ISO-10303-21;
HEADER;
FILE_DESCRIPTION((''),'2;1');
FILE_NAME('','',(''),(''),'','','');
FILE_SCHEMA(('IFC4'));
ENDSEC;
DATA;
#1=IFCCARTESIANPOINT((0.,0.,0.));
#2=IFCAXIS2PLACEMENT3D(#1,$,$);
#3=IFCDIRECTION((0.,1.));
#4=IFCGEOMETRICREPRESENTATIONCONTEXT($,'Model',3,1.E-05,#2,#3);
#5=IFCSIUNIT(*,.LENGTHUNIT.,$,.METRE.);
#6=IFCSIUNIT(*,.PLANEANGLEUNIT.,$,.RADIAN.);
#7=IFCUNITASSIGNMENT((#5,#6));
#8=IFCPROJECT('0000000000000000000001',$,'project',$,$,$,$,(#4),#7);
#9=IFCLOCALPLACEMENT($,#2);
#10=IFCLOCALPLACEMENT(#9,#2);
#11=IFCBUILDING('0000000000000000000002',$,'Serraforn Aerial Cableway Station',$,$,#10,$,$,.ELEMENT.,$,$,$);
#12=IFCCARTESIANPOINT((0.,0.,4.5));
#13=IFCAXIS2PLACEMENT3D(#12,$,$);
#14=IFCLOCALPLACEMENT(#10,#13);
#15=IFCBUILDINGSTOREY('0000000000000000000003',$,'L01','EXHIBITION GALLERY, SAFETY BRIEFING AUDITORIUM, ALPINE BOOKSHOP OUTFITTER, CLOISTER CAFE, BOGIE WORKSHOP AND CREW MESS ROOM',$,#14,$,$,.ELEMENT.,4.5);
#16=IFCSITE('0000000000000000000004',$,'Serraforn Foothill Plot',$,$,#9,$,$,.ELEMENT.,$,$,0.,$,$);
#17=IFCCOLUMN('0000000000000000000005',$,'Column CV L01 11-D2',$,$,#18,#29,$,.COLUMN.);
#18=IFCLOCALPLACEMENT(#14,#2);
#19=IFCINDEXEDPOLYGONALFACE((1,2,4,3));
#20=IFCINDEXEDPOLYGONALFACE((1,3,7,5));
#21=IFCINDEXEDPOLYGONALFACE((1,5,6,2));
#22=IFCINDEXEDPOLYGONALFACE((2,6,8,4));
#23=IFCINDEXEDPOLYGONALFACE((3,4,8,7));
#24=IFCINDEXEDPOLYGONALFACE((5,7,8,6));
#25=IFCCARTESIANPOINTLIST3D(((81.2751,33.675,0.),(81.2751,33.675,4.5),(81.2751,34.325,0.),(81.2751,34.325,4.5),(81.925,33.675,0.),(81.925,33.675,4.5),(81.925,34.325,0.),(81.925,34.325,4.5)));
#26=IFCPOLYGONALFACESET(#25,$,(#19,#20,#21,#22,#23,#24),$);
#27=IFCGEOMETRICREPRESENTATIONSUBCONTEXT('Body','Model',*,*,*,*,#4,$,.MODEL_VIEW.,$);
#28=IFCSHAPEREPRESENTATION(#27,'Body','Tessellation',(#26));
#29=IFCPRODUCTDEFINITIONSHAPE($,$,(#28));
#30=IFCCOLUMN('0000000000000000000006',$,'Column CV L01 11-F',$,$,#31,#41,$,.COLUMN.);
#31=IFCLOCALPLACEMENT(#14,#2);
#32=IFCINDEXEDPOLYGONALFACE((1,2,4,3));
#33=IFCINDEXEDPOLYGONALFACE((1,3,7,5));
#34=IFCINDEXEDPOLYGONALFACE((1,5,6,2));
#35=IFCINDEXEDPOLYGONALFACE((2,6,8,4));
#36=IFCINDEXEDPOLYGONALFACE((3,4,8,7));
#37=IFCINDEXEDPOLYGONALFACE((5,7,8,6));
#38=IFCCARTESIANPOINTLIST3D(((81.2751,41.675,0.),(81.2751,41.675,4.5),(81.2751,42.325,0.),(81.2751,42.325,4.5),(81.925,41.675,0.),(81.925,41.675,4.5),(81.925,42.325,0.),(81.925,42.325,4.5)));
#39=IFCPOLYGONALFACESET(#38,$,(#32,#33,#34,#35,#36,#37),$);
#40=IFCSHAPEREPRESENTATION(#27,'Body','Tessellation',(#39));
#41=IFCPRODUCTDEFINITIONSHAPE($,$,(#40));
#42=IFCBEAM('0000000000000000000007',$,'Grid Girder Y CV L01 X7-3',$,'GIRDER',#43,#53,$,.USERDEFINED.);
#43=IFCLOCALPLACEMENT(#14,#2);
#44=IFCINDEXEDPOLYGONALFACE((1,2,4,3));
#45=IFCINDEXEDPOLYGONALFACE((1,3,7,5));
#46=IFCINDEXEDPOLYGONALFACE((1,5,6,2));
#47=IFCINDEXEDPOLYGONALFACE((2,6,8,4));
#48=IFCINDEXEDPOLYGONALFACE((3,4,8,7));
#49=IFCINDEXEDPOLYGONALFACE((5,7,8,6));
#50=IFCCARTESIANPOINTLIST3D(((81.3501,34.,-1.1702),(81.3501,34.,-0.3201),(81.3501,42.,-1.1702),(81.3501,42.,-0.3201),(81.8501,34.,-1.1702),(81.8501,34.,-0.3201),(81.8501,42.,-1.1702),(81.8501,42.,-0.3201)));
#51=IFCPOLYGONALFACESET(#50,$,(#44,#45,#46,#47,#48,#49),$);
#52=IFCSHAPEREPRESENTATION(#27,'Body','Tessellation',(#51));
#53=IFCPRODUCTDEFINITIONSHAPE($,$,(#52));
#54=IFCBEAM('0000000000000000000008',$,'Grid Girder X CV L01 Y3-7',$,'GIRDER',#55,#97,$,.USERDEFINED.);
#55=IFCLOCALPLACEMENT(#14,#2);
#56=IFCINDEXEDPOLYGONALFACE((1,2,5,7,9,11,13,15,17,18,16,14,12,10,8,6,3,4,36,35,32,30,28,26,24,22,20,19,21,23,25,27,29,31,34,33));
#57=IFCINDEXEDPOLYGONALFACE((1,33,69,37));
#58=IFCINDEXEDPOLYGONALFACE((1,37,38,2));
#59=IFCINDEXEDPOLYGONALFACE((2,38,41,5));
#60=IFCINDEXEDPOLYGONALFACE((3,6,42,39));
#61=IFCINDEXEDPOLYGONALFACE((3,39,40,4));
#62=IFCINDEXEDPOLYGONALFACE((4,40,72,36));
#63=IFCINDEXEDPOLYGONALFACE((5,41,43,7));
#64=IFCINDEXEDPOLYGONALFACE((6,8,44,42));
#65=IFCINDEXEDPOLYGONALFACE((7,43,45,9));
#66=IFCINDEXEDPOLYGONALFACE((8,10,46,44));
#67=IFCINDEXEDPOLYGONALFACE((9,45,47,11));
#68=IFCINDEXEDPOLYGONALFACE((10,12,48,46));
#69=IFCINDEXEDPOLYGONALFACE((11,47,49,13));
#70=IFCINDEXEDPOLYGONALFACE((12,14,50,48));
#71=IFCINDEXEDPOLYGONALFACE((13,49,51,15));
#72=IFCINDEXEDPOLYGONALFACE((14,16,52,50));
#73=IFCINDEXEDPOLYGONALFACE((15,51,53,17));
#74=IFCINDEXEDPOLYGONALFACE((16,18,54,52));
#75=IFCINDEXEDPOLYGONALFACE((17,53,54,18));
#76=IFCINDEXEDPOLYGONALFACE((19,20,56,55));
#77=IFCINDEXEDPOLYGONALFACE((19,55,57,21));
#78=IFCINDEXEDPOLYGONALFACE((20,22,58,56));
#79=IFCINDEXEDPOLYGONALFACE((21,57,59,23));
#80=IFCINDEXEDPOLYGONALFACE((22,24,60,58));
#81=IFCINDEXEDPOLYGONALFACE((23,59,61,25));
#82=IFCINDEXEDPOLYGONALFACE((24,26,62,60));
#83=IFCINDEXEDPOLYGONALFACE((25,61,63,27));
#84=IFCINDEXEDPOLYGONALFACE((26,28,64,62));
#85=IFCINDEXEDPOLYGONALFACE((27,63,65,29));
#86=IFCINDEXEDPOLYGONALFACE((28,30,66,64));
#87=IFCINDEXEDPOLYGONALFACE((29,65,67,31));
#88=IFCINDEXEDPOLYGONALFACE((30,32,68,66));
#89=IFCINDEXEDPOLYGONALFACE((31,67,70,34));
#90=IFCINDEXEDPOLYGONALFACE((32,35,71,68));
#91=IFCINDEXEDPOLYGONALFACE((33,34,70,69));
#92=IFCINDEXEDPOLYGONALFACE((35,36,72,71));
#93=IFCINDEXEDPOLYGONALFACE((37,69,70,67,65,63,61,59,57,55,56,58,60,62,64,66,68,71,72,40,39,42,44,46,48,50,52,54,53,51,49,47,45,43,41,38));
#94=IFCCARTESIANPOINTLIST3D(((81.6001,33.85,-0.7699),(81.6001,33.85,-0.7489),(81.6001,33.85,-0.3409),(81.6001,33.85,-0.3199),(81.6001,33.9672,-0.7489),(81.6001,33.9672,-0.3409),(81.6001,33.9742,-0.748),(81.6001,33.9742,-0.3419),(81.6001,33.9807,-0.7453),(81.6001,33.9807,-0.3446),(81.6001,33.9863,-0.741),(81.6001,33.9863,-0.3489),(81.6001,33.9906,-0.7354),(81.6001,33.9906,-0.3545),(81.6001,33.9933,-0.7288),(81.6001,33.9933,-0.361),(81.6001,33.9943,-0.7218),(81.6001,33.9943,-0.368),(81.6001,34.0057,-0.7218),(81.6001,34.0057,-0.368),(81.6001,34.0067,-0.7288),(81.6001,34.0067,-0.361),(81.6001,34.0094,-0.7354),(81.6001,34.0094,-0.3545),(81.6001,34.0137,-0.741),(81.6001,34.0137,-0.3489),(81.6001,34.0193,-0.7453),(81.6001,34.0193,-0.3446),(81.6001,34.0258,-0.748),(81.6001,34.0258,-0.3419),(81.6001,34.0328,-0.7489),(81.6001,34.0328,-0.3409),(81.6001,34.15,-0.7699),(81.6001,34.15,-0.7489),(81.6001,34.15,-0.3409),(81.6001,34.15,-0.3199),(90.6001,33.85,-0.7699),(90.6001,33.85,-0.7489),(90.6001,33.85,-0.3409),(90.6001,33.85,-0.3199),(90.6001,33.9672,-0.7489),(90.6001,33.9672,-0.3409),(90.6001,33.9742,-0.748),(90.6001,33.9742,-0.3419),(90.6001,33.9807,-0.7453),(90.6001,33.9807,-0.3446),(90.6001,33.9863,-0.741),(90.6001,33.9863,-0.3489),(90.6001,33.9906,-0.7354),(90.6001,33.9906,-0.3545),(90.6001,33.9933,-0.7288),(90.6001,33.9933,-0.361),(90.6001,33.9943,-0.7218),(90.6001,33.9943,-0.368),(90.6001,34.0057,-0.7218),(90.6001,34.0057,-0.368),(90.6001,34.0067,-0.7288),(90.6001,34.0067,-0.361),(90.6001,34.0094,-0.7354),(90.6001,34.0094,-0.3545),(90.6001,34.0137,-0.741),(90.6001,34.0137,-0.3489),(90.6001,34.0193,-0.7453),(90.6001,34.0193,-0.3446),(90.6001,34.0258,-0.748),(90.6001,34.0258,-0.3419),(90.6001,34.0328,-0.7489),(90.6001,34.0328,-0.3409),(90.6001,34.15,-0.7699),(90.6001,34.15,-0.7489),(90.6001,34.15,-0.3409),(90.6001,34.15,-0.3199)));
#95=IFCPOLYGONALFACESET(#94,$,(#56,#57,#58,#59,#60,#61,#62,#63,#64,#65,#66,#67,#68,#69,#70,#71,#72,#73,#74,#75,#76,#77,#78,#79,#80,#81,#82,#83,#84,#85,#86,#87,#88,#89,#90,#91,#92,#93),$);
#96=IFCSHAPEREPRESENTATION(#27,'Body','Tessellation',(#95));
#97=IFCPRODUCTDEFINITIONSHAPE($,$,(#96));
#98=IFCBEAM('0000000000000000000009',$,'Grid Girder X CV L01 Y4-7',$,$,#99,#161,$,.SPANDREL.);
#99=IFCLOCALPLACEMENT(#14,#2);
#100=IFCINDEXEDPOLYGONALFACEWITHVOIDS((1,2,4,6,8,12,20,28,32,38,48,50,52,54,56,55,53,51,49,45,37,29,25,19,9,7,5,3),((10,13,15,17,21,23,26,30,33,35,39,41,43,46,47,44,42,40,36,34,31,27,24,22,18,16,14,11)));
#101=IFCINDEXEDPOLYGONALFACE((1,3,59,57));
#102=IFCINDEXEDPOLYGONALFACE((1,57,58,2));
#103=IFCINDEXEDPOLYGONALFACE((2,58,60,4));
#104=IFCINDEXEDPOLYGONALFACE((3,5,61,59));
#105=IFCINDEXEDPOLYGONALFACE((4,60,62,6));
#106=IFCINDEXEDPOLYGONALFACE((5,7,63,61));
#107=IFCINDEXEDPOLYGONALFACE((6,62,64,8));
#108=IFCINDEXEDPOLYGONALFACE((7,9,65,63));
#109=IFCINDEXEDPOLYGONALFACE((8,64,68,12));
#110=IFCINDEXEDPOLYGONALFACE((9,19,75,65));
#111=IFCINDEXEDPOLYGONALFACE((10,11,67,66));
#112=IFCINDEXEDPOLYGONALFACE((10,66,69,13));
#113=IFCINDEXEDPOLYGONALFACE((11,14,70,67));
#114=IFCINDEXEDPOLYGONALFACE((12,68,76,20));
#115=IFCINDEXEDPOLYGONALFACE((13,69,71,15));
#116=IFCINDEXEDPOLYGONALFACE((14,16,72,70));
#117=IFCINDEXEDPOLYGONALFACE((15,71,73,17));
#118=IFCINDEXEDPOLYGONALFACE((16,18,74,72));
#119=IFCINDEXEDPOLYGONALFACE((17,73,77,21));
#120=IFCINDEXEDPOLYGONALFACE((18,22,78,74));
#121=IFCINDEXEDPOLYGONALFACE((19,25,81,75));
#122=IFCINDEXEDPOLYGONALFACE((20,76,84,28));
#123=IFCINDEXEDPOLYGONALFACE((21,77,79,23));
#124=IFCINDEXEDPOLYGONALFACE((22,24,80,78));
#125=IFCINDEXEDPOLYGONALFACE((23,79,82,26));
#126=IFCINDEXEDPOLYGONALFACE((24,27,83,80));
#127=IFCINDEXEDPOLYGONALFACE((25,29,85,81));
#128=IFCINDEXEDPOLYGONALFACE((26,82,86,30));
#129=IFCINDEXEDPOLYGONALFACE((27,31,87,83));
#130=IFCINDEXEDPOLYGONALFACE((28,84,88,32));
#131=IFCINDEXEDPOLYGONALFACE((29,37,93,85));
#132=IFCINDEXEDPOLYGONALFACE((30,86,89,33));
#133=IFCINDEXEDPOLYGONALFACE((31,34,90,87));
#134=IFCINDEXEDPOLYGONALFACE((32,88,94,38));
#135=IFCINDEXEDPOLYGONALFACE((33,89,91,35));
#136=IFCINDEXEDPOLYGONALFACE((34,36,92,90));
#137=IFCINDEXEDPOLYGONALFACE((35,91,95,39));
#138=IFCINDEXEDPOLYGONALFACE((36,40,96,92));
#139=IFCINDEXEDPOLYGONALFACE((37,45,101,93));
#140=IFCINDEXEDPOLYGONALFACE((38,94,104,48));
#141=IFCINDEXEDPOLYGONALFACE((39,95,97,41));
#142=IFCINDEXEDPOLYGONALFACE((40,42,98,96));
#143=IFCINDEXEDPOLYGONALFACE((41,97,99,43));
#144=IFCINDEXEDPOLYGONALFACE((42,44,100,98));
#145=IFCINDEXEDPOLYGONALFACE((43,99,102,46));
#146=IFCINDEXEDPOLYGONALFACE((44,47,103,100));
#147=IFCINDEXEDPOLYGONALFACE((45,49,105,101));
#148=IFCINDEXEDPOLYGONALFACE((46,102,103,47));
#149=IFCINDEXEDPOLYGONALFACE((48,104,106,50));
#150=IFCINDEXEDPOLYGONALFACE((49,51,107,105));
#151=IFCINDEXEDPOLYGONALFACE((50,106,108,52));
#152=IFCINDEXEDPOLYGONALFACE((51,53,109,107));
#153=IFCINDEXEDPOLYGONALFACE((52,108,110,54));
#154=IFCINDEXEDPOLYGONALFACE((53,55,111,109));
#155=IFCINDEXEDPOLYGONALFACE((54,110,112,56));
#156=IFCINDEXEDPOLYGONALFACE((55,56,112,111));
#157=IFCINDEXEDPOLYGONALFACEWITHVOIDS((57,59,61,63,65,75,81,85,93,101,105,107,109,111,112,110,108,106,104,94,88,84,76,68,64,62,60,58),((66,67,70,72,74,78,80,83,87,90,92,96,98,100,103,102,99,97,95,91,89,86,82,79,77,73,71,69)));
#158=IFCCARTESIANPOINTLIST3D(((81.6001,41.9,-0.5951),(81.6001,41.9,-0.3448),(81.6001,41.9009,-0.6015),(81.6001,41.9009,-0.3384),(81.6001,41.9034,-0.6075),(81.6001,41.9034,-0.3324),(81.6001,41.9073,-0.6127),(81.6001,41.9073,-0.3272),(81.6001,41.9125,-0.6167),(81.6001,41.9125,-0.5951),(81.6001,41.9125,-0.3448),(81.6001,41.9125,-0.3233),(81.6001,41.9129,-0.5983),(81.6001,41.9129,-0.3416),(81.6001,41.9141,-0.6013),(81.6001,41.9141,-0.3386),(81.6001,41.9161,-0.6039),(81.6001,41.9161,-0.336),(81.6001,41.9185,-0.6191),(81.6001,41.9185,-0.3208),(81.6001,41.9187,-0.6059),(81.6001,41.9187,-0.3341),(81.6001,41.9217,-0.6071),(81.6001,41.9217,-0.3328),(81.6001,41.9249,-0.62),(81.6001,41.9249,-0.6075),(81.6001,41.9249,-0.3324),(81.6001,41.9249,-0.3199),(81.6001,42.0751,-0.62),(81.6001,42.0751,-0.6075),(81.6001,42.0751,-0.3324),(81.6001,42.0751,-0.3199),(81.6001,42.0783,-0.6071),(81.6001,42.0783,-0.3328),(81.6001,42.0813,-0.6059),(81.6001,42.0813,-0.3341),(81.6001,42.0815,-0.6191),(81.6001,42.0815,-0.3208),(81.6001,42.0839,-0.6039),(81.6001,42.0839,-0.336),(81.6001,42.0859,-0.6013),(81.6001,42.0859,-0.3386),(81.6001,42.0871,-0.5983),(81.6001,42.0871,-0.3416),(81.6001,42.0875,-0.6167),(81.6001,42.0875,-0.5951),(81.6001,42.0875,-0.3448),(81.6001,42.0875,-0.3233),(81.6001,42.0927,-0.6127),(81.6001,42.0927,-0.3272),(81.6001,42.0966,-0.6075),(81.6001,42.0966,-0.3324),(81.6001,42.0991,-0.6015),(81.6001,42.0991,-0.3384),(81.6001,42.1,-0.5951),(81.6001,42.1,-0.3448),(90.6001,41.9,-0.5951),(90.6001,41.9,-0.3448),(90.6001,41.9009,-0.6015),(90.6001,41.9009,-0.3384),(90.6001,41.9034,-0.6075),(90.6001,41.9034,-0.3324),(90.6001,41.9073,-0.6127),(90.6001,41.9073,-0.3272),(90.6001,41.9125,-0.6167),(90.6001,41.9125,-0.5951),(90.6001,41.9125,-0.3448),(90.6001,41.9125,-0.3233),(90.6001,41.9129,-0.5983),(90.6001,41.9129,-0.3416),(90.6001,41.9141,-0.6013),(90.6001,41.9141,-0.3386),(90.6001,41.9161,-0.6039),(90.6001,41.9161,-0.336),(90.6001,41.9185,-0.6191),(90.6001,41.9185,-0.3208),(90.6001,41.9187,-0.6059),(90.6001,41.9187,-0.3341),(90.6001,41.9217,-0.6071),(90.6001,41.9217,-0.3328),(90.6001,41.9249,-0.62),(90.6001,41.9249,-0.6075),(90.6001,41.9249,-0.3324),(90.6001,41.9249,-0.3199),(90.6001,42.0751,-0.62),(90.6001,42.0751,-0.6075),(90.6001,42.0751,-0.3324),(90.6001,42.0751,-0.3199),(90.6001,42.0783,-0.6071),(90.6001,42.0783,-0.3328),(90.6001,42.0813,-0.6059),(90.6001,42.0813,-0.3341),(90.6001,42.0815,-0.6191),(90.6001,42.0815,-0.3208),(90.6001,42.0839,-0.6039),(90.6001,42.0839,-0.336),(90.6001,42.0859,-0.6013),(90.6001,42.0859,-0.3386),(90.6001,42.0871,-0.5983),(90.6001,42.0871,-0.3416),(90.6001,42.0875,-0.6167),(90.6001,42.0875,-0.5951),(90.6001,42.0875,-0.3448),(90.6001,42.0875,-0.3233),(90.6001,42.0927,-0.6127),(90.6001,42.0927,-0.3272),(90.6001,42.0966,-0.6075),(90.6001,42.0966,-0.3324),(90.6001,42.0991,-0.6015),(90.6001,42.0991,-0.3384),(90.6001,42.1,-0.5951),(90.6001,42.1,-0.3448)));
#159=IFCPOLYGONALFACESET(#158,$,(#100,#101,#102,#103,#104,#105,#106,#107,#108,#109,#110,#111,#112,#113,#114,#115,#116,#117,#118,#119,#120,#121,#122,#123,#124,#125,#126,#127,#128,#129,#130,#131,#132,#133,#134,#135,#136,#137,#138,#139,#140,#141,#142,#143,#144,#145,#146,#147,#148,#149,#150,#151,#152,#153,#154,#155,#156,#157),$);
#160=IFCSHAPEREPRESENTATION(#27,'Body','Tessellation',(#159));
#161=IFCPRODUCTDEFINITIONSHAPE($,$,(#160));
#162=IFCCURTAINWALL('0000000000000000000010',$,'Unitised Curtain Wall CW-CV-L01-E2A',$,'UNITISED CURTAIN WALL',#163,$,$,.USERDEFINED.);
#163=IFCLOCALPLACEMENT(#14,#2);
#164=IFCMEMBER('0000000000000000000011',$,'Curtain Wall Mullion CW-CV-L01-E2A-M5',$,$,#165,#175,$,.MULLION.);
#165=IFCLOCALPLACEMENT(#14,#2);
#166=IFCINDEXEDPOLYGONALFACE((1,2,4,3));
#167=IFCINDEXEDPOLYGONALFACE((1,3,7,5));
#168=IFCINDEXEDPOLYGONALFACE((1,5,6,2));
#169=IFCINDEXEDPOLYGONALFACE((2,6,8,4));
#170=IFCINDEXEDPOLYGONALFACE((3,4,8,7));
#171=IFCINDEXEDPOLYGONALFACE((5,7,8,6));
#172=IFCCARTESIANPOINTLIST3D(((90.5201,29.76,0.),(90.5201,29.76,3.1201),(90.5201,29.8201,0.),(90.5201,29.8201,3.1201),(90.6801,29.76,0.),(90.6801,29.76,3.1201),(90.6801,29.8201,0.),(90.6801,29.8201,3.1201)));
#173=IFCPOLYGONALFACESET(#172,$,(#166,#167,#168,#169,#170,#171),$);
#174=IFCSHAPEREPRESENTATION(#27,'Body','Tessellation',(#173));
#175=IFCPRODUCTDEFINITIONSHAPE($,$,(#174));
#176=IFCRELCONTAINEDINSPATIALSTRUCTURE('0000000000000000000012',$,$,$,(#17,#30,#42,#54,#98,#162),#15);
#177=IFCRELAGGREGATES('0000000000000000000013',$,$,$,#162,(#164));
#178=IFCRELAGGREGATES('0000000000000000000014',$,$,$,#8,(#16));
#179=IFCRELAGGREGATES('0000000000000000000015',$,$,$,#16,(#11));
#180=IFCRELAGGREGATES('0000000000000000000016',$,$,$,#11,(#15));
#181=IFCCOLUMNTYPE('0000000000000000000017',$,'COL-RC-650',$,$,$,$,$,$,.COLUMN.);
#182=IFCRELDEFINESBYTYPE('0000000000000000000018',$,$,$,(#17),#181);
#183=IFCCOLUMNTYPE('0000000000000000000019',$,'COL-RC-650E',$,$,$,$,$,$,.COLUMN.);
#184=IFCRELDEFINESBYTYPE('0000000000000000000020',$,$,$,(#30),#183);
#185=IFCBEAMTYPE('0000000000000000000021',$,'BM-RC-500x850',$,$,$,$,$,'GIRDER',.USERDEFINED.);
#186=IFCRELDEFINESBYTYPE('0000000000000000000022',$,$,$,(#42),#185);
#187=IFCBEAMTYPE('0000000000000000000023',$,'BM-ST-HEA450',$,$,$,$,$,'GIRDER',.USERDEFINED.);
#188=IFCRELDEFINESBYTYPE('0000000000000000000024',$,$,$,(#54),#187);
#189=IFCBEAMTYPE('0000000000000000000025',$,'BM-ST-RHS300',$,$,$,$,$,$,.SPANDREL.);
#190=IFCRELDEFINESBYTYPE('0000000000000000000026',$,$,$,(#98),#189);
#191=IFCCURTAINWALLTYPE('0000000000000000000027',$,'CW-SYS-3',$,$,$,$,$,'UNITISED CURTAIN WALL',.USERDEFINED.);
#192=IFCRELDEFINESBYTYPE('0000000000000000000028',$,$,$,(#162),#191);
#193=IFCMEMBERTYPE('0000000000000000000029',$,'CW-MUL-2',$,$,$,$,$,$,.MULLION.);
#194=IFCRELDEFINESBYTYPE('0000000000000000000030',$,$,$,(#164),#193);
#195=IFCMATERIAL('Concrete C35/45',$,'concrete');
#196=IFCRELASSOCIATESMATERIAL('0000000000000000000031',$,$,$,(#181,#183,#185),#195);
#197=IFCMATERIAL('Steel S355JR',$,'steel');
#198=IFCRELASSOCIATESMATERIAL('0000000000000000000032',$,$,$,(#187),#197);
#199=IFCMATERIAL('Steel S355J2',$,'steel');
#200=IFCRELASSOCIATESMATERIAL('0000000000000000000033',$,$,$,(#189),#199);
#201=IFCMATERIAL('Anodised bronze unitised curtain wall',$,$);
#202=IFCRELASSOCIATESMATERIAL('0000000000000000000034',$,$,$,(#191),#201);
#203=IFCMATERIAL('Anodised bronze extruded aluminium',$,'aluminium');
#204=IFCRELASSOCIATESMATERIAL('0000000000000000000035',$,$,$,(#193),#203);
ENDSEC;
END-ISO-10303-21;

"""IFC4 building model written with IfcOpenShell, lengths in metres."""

from ifc_helpers import new_model, si_unit, direction, frame, origin, origin_2d, place, context, subcontext, project, spatial, rectangle, hollow_rectangle, i_section, extrude, material, material_profile, profile_set, type_object, element, aggregate, save


model = new_model("IFC4")

# Units and contexts
model_context = context("Model", 3, precision=1e-05, world=origin(), true_north=direction((0.0, 1.0)))
body_context = subcontext(model_context, "Body", "Model", "MODEL_VIEW")
ifc_project = project(units=[si_unit("LENGTHUNIT", "METRE"), si_unit("PLANEANGLEUNIT", "RADIAN")], contexts=[model_context])

# Site, building, storey
site_placement = place(None, origin())
site = spatial("IfcSite", under=ifc_project, at=site_placement, Name="Serraforn Foothill Plot", CompositionType="ELEMENT", RefElevation=0.0)
building_placement = place(site_placement, origin())
building = spatial("IfcBuilding", under=site, at=building_placement, Name="Serraforn Aerial Cableway Station", CompositionType="ELEMENT")
storey_placement = place(building_placement, frame((0.0, 0.0, 4.5)))
storey = spatial("IfcBuildingStorey", under=building, at=storey_placement, Name="L01", Description="EXHIBITION GALLERY, SAFETY BRIEFING AUDITORIUM, ALPINE BOOKSHOP OUTFITTER, CLOISTER CAFE, BOGIE WORKSHOP AND CREW MESS ROOM", CompositionType="ELEMENT", Elevation=4.5)

# Columns
ifc_material_1 = material(Name="Concrete C35/45", Category="concrete")
ifc_material_profile_1 = material_profile(ifc_material_1, rectangle(XDim=0.6499, YDim=0.6499, at=origin_2d()), Name="RC 650x650")
ifc_profile_set_1 = profile_set([ifc_material_profile_1], Name="Concrete C35/45")
column_type_1 = type_object("IfcColumnType", Name="COL-RC-650", PredefinedType="COLUMN", material=ifc_profile_set_1)
column_1_placement = place(storey_placement, frame((81.6001, 34.0, 0.0), z_axis=(0.0, 0.0, 1.0), x_axis=(1.0, 0.0, 0.0)))
element("IfcColumn", 1, at=column_1_placement, inside=storey, type_object=column_type_1, Name="Column CV L01 11-D2", PredefinedType="COLUMN", context=body_context, shape_type="SweptSolid", body=[
    extrude(rectangle(XDim=0.6499, YDim=0.6499, at=origin_2d()), origin(), (0.0, 0.0, 1.0), 4.5),
])
ifc_material_profile_2 = material_profile(ifc_material_1, rectangle(XDim=0.6499, YDim=0.6499, at=origin_2d()), Name="RC 650x650")
ifc_profile_set_2 = profile_set([ifc_material_profile_2], Name="Concrete C35/45")
column_type_2 = type_object("IfcColumnType", Name="COL-RC-650E", PredefinedType="COLUMN", material=ifc_profile_set_2)
column_2_placement = place(storey_placement, frame((81.6001, 42.0, 0.0), z_axis=(0.0, 0.0, 1.0), x_axis=(1.0, 0.0, 0.0)))
element("IfcColumn", 2, at=column_2_placement, inside=storey, type_object=column_type_2, Name="Column CV L01 11-F", PredefinedType="COLUMN", context=body_context, shape_type="SweptSolid", body=[
    extrude(rectangle(XDim=0.6499, YDim=0.6499, at=origin_2d()), origin(), (0.0, 0.0, 1.0), 4.5),
])

# Beams
ifc_material_profile_3 = material_profile(ifc_material_1, rectangle(XDim=0.5, YDim=0.8501, at=origin_2d()), Name="RC 500x850")
ifc_profile_set_3 = profile_set([ifc_material_profile_3], Name="Concrete C35/45")
beam_type_1 = type_object("IfcBeamType", Name="BM-RC-500x850", ElementType="GIRDER", PredefinedType="USERDEFINED", material=ifc_profile_set_3)
beam_1_placement = place(storey_placement, frame((81.6001, 34.0, -0.7451), z_axis=(0.0, 1.0, 0.0), x_axis=(-1.0, 0.0, 0.0)))
element("IfcBeam", 3, at=beam_1_placement, inside=storey, type_object=beam_type_1, Name="Grid Girder Y CV L01 X7-3", ObjectType="GIRDER", PredefinedType="USERDEFINED", context=body_context, shape_type="SweptSolid", body=[
    extrude(rectangle(XDim=0.5, YDim=0.8501, at=origin_2d()), origin(), (0.0, 0.0, 1.0), 8.0),
])
ifc_material_2 = material(Name="Steel S355JR", Category="steel")
ifc_material_profile_4 = material_profile(ifc_material_2, i_section(OverallWidth=0.3, OverallDepth=0.45, WebThickness=0.0115, FlangeThickness=0.021, FilletRadius=0.0271, at=origin_2d()), Name="HEA 450")
ifc_profile_set_4 = profile_set([ifc_material_profile_4], Name="Steel S355JR")
beam_type_2 = type_object("IfcBeamType", Name="BM-ST-HEA450", ElementType="GIRDER", PredefinedType="USERDEFINED", material=ifc_profile_set_4)
beam_2_placement = place(storey_placement, frame((81.6001, 34.0, -0.5449), z_axis=(1.0, 0.0, 0.0), x_axis=(0.0, 1.0, 0.0)))
element("IfcBeam", 4, at=beam_2_placement, inside=storey, type_object=beam_type_2, Name="Grid Girder X CV L01 Y3-7", ObjectType="GIRDER", PredefinedType="USERDEFINED", context=body_context, shape_type="SweptSolid", body=[
    extrude(i_section(OverallWidth=0.3, OverallDepth=0.45, WebThickness=0.0115, FlangeThickness=0.021, FilletRadius=0.0271, at=origin_2d()), origin(), (0.0, 0.0, 1.0), 9.0),
])
ifc_material_3 = material(Name="Steel S355J2", Category="steel")
ifc_material_profile_5 = material_profile(ifc_material_3, hollow_rectangle(XDim=0.2, YDim=0.3, WallThickness=0.0125, InnerFilletRadius=0.0125, OuterFilletRadius=0.0249, at=origin_2d()), Name="RHS 300x200x12.5")
ifc_profile_set_5 = profile_set([ifc_material_profile_5], Name="Steel S355J2")
beam_type_3 = type_object("IfcBeamType", Name="BM-ST-RHS300", PredefinedType="SPANDREL", material=ifc_profile_set_5)
beam_3_placement = place(storey_placement, frame((81.6001, 42.0, -0.47), z_axis=(1.0, 0.0, 0.0), x_axis=(0.0, 1.0, 0.0)))
element("IfcBeam", 5, at=beam_3_placement, inside=storey, type_object=beam_type_3, Name="Grid Girder X CV L01 Y4-7", PredefinedType="SPANDREL", context=body_context, shape_type="SweptSolid", body=[
    extrude(hollow_rectangle(XDim=0.2, YDim=0.3, WallThickness=0.0125, InnerFilletRadius=0.0125, OuterFilletRadius=0.0249, at=origin_2d()), origin(), (0.0, 0.0, 1.0), 9.0),
])

# Curtain wall, member
ifc_material_4 = material(Name="Anodised bronze unitised curtain wall")
curtain_wall_type_1 = type_object("IfcCurtainWallType", Name="CW-SYS-3", ElementType="UNITISED CURTAIN WALL", PredefinedType="USERDEFINED", material=ifc_material_4)
curtain_wall_1_placement = place(storey_placement, origin())
curtain_wall_1 = element("IfcCurtainWall", 6, at=curtain_wall_1_placement, inside=storey, type_object=curtain_wall_type_1, Name="Unitised Curtain Wall CW-CV-L01-E2A", ObjectType="UNITISED CURTAIN WALL", PredefinedType="USERDEFINED")
ifc_material_5 = material(Name="Anodised bronze extruded aluminium", Category="aluminium")
ifc_material_profile_6 = material_profile(ifc_material_5, rectangle(XDim=0.0601, YDim=0.1599, at=origin_2d()), Name="CW MULLION 60x160")
ifc_profile_set_6 = profile_set([ifc_material_profile_6], Name="Anodised bronze extruded aluminium")
member_type_1 = type_object("IfcMemberType", Name="CW-MUL-2", PredefinedType="MULLION", material=ifc_profile_set_6)
member_1_placement = place(storey_placement, frame((90.6001, 29.79, 0.0), z_axis=(0.0, 0.0, 1.0), x_axis=(0.0, 1.0, 0.0)))
member_1 = element("IfcMember", 7, at=member_1_placement, type_object=member_type_1, Name="Curtain Wall Mullion CW-CV-L01-E2A-M5", PredefinedType="MULLION", context=body_context, shape_type="SweptSolid", body=[
    extrude(rectangle(XDim=0.0601, YDim=0.1599, at=origin_2d()), origin(), (0.0, 0.0, 1.0), 3.1201),
])
aggregate(curtain_wall_1, [member_1])

save(model, "model.ifc")
